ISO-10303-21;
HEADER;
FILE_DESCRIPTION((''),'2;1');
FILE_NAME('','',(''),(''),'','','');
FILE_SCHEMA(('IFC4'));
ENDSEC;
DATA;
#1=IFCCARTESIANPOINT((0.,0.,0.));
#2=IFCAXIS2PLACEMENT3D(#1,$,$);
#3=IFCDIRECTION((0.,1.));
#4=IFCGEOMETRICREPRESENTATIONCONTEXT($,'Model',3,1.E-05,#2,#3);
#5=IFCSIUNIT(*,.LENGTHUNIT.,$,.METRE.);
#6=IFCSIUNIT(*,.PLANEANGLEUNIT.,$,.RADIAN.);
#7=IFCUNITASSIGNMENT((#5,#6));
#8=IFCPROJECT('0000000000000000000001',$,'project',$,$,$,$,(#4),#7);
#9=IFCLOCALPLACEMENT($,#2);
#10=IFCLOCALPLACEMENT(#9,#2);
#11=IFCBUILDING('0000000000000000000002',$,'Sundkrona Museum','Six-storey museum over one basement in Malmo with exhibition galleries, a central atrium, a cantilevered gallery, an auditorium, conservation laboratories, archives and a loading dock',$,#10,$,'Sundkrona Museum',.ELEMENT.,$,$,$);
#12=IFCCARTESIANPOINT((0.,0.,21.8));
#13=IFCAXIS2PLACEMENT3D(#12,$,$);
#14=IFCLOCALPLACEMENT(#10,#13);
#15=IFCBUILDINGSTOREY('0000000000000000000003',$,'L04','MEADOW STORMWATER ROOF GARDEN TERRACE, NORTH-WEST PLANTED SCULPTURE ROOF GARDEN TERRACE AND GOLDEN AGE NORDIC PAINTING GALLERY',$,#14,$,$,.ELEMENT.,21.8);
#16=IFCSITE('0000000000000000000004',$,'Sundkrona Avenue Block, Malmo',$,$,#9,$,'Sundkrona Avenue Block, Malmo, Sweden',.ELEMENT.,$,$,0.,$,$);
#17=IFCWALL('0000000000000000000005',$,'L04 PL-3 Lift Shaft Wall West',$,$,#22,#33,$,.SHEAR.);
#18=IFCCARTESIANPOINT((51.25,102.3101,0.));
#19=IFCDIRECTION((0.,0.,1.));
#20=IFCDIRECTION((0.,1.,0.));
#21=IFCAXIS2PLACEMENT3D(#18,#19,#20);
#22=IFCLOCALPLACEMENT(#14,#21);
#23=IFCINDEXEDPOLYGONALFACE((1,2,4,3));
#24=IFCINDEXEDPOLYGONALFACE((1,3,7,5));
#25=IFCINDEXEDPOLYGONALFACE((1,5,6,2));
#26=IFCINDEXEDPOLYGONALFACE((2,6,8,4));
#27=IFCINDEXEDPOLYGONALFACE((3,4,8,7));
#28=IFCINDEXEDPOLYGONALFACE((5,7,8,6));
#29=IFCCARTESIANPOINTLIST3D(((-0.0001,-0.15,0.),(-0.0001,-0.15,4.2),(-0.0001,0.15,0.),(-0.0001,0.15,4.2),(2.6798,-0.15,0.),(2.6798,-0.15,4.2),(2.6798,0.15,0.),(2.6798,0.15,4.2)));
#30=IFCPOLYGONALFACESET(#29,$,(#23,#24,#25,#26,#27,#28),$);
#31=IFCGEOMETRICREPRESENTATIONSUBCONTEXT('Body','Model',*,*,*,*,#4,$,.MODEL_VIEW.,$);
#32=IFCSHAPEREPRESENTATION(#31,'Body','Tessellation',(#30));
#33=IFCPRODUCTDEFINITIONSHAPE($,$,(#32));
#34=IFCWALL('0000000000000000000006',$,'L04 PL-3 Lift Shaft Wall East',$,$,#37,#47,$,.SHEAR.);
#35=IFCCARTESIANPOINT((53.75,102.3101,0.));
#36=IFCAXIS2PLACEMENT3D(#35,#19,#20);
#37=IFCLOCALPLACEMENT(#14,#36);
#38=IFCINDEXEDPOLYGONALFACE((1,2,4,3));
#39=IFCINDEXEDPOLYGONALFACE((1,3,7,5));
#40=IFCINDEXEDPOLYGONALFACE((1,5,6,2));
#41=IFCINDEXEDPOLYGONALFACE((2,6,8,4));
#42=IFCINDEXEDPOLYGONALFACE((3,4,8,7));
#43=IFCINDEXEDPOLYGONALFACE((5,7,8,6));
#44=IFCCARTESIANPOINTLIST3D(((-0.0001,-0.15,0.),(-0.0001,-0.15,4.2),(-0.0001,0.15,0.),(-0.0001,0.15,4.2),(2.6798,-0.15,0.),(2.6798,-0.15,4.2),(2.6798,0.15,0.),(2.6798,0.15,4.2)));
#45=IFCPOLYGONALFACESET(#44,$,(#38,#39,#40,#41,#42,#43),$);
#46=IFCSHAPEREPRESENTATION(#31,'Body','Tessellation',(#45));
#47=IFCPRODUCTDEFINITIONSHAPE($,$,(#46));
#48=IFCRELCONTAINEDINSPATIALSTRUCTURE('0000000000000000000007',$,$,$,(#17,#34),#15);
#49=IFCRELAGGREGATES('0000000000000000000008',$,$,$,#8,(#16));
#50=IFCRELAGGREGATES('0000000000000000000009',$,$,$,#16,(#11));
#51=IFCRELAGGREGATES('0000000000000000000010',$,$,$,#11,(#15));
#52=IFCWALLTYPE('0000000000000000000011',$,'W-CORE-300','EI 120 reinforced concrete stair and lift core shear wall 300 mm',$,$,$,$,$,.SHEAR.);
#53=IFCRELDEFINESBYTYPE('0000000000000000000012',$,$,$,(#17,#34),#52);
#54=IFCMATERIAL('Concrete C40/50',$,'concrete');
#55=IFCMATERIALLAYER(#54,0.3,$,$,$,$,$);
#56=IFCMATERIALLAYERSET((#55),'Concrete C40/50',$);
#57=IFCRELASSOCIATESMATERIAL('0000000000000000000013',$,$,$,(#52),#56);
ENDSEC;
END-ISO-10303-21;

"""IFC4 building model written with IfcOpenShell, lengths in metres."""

from ifc_helpers import new_model, si_unit, direction, frame, frame_2d, origin, place, context, subcontext, project, spatial, rectangle, extrude, material, layer, layer_set, type_object, element, save


model = new_model("IFC4")

# Units and contexts
model_context = context("Model", 3, precision=1e-05, world=origin(), true_north=direction((0.0, 1.0)))
body_context = subcontext(model_context, "Body", "Model", "MODEL_VIEW")
ifc_project = project(units=[si_unit("LENGTHUNIT", "METRE"), si_unit("PLANEANGLEUNIT", "RADIAN")], contexts=[model_context])

# Site, building, storey
site_placement = place(None, origin())
site = spatial("IfcSite", under=ifc_project, at=site_placement, Name="Sundkrona Avenue Block, Malmo", LongName="Sundkrona Avenue Block, Malmo, Sweden", CompositionType="ELEMENT", RefElevation=0.0)
building_placement = place(site_placement, origin())
building = spatial("IfcBuilding", under=site, at=building_placement, Name="Sundkrona Museum", Description="Six-storey museum over one basement in Malmo with exhibition galleries, a central atrium, a cantilevered gallery, an auditorium, conservation laboratories, archives and a loading dock", LongName="Sundkrona Museum", CompositionType="ELEMENT")
storey_placement = place(building_placement, frame((0.0, 0.0, 21.8)))
storey = spatial("IfcBuildingStorey", under=building, at=storey_placement, Name="L04", Description="MEADOW STORMWATER ROOF GARDEN TERRACE, NORTH-WEST PLANTED SCULPTURE ROOF GARDEN TERRACE AND GOLDEN AGE NORDIC PAINTING GALLERY", CompositionType="ELEMENT", Elevation=21.8)

# Shared definitions
ifc_material_1 = material(Name="Concrete C40/50", Category="concrete")
ifc_layer_1 = layer(ifc_material_1, 0.3)
ifc_layer_set_1 = layer_set([ifc_layer_1], Name="Concrete C40/50")
wall_type_1 = type_object("IfcWallType", Name="W-CORE-300", Description="EI 120 reinforced concrete stair and lift core shear wall 300 mm", PredefinedType="SHEAR", material=ifc_layer_set_1)

# Walls
for number, where, z_axis, x_axis, name in (
    (1, (51.25, 102.3101, 0.0), (0.0, 0.0, 1.0), (0.0, 1.0, 0.0), "L04 PL-3 Lift Shaft Wall West"),
    (2, (53.75, 102.3101, 0.0), (0.0, 0.0, 1.0), (0.0, 1.0, 0.0), "L04 PL-3 Lift Shaft Wall East"),
):
    element("IfcWall", number, at=place(storey_placement, frame(where, z_axis=z_axis, x_axis=x_axis)), inside=storey, type_object=wall_type_1, Name=name, PredefinedType="SHEAR", context=body_context, shape_type="SweptSolid", body=[
        extrude(rectangle(XDim=2.6799, YDim=0.3, at=frame_2d((1.3398, 0.0))), origin(), (0.0, 0.0, 1.0), 4.2),
    ])

save(model, "model.ifc")
